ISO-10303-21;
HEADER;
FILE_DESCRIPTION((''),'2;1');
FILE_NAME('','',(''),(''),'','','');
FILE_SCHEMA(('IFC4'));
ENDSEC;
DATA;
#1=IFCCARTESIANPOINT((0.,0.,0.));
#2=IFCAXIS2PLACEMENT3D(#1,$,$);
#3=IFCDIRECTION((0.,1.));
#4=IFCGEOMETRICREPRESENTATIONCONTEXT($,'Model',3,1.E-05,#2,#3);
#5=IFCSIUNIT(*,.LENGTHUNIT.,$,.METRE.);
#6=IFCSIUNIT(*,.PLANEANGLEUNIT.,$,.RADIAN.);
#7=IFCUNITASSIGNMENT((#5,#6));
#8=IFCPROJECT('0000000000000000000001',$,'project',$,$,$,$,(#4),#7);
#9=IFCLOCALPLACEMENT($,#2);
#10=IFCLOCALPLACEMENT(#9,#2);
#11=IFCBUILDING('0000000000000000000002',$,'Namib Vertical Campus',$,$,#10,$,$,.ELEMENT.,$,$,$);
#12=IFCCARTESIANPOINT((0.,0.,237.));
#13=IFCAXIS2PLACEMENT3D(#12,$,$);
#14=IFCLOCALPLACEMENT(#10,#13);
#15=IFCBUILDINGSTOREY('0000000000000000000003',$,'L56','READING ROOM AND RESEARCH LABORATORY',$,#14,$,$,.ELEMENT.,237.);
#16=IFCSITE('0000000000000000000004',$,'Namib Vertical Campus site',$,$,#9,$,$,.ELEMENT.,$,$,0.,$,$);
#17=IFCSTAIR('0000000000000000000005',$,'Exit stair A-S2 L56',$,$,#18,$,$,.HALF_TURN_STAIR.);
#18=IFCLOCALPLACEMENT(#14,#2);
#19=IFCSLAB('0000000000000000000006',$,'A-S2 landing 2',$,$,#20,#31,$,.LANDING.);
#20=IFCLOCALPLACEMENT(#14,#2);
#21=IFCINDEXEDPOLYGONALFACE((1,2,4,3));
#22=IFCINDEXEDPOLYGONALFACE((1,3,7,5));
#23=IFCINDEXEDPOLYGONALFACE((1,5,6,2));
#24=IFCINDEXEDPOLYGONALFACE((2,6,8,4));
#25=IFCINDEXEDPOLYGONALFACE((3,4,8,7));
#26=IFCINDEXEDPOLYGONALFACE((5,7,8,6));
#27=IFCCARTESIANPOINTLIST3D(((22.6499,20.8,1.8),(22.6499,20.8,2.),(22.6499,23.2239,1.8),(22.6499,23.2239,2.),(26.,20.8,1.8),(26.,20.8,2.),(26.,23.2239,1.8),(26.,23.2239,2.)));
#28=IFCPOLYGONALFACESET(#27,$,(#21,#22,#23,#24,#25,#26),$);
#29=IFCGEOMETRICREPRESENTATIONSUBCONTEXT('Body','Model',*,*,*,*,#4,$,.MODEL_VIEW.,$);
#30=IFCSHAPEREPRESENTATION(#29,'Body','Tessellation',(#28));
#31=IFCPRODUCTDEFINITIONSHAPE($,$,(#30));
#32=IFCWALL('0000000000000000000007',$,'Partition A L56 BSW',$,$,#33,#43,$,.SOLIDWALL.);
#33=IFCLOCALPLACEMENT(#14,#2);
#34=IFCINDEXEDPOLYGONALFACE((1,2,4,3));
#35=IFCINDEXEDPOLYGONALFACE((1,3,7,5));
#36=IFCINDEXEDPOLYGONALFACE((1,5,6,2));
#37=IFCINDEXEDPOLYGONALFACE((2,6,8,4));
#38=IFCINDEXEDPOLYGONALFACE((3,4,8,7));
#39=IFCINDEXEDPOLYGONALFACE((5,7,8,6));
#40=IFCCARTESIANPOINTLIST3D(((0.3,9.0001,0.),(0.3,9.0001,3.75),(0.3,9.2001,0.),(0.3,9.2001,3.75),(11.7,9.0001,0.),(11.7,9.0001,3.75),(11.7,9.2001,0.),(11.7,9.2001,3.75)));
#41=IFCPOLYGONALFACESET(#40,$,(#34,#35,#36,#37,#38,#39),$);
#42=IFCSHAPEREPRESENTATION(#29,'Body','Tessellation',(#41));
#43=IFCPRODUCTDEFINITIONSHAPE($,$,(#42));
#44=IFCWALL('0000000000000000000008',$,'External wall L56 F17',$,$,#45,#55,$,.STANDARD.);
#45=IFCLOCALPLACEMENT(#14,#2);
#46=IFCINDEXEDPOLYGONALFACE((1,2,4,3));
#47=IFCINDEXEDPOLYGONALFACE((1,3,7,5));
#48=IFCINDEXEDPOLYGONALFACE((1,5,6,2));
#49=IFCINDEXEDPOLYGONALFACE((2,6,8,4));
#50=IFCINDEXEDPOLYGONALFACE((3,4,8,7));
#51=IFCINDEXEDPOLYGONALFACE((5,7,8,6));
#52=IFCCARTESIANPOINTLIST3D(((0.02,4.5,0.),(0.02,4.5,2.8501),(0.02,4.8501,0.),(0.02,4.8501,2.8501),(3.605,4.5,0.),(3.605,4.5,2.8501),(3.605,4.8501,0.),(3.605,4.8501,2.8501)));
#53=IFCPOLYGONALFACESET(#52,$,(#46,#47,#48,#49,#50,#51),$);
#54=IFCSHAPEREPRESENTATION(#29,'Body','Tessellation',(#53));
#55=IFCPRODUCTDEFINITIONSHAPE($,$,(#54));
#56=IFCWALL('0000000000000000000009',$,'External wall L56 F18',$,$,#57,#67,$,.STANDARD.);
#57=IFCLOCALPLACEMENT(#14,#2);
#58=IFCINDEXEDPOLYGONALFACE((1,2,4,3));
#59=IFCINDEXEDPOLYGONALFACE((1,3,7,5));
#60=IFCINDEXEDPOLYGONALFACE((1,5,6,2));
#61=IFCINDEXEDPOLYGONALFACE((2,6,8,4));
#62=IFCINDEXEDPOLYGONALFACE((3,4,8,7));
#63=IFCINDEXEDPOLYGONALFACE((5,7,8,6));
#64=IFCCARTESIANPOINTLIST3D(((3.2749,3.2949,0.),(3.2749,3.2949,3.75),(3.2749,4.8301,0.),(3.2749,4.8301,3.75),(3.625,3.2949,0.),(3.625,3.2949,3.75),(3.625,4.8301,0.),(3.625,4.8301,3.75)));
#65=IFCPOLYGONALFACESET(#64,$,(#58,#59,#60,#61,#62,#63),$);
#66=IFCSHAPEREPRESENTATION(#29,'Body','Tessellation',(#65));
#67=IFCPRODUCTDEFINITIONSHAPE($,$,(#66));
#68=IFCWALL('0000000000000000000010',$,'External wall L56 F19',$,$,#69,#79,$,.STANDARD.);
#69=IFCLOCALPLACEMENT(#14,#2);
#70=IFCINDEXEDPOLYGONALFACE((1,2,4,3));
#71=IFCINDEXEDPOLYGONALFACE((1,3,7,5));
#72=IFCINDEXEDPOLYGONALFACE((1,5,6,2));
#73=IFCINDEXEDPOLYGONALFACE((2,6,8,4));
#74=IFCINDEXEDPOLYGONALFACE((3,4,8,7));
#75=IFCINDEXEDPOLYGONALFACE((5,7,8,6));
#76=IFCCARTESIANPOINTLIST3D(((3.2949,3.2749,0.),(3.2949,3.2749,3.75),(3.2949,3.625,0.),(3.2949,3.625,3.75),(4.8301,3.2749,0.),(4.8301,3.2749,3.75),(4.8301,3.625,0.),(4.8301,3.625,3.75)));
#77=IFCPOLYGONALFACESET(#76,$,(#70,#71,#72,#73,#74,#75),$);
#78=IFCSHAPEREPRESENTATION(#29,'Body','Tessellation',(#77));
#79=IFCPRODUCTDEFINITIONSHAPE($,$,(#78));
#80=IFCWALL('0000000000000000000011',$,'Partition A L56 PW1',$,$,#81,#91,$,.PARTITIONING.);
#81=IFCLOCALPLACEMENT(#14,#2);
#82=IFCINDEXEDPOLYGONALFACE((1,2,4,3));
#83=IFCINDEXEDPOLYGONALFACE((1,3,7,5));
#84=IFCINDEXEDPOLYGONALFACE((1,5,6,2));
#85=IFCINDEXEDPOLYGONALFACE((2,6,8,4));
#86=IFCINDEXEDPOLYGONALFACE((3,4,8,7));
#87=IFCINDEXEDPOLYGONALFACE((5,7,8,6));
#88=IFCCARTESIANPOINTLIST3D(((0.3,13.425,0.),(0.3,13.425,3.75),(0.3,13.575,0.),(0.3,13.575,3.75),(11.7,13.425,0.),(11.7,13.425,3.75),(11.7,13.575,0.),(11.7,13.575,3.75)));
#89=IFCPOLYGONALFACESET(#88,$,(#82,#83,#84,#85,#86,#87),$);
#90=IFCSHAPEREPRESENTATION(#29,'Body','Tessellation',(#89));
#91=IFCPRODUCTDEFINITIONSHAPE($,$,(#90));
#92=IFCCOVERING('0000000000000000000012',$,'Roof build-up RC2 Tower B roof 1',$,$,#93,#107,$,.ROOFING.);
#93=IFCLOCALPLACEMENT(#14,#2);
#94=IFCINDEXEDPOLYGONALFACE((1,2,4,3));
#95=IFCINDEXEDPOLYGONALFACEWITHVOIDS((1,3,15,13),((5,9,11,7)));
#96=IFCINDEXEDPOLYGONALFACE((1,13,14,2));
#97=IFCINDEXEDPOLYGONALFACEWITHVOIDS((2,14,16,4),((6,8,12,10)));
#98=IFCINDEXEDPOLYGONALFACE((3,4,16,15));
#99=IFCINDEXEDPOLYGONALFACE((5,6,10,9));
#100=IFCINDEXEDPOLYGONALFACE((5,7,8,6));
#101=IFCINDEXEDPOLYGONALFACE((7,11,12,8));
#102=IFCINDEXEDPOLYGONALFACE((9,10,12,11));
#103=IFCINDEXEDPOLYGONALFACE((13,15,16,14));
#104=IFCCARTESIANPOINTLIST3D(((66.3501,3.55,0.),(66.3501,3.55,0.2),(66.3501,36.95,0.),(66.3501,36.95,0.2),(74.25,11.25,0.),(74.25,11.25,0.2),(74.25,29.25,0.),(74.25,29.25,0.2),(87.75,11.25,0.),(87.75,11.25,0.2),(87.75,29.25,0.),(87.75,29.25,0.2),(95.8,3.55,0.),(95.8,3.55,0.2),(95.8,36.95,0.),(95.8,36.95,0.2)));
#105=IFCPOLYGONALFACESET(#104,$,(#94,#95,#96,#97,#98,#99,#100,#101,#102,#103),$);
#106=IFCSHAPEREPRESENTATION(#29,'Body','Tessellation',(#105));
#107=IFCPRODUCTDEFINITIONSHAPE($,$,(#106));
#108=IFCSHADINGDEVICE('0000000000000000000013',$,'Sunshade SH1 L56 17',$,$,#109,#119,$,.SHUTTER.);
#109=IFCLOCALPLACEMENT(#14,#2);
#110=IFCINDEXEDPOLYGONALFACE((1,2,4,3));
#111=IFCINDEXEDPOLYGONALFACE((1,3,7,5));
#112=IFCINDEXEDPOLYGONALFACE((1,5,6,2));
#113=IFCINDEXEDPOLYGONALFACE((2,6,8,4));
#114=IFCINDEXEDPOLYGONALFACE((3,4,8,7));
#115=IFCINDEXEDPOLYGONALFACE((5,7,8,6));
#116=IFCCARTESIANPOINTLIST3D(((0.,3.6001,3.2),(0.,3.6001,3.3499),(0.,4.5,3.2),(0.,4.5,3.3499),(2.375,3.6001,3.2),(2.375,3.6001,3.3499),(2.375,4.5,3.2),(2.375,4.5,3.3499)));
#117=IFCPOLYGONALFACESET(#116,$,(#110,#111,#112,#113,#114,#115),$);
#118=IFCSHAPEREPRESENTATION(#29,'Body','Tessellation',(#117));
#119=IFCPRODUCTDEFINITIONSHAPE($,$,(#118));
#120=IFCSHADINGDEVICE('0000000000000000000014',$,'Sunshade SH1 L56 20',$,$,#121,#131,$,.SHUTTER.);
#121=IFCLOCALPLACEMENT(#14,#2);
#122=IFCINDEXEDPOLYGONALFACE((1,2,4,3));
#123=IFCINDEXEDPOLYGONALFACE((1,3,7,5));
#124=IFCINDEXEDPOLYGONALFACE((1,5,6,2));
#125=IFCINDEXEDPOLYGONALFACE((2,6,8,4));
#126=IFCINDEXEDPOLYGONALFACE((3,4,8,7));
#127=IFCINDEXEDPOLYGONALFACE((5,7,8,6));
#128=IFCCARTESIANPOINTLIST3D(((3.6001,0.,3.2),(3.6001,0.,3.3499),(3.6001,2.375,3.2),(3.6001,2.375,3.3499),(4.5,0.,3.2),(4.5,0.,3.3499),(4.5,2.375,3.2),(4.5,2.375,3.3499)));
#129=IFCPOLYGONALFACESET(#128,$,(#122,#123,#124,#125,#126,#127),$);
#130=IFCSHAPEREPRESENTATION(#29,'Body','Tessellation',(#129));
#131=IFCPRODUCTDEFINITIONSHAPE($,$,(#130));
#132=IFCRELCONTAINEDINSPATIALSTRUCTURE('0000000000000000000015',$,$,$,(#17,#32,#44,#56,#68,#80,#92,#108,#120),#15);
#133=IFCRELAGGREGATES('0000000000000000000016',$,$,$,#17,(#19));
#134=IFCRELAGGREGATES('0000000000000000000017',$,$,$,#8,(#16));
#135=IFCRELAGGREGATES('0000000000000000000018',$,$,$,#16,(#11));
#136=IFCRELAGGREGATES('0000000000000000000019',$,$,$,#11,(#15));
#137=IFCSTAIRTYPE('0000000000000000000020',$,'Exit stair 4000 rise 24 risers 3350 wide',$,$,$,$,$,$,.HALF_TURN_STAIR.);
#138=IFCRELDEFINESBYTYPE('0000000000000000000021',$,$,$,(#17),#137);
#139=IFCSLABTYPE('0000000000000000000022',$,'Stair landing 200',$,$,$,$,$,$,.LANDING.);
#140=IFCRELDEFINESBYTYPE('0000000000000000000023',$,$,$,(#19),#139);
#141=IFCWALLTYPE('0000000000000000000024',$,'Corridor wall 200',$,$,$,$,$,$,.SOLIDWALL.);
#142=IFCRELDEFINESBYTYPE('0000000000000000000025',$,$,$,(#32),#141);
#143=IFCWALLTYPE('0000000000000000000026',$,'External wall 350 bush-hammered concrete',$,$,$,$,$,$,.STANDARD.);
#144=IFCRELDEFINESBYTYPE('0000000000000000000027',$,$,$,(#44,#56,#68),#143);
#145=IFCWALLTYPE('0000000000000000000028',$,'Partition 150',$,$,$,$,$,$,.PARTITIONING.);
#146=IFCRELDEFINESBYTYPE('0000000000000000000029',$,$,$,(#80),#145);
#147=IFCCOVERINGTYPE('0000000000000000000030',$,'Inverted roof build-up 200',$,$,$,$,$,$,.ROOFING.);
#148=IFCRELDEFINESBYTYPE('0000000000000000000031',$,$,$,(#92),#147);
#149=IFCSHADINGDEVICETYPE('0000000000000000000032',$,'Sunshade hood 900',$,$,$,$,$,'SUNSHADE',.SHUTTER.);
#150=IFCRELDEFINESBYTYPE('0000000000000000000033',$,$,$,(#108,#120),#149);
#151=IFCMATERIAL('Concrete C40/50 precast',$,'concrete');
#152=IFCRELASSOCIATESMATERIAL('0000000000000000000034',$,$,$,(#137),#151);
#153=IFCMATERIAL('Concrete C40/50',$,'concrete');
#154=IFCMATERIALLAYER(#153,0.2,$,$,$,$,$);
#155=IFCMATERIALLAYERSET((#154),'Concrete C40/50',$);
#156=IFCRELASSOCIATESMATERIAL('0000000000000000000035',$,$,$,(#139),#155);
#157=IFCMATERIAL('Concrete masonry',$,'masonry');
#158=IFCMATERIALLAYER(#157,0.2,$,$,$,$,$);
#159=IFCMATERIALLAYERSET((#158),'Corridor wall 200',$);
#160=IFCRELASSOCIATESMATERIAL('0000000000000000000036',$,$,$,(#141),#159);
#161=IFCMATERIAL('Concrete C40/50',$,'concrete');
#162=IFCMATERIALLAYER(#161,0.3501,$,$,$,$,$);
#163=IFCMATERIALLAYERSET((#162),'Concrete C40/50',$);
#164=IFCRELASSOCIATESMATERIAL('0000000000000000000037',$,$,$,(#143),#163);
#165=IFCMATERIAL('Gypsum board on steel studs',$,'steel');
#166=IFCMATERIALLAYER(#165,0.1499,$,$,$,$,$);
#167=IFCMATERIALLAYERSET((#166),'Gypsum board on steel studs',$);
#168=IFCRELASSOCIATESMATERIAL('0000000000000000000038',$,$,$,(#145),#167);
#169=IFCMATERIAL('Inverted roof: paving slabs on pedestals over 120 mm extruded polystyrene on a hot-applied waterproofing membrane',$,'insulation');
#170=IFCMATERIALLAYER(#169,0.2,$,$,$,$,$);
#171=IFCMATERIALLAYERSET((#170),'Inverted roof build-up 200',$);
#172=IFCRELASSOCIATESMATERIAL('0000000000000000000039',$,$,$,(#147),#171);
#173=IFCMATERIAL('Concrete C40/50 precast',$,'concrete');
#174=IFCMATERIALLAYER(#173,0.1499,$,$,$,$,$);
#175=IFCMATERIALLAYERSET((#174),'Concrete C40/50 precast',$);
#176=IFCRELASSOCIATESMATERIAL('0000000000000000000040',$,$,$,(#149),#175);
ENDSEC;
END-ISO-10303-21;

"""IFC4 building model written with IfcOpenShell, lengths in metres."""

from ifc_helpers import new_model, si_unit, direction, frame, frame_2d, origin, origin_2d, place, context, subcontext, project, spatial, polyline, rectangle, outline, extrude, material, layer, layer_set, type_object, element, aggregate, save


model = new_model("IFC4")

# Units and contexts
model_context = context("Model", 3, precision=1e-05, world=origin(), true_north=direction((0.0, 1.0)))
body_context = subcontext(model_context, "Body", "Model", "MODEL_VIEW")
ifc_project = project(units=[si_unit("LENGTHUNIT", "METRE"), si_unit("PLANEANGLEUNIT", "RADIAN")], contexts=[model_context])

# Site, building, storey
site_placement = place(None, origin())
site = spatial("IfcSite", under=ifc_project, at=site_placement, Name="Namib Vertical Campus site", CompositionType="ELEMENT", RefElevation=0.0)
building_placement = place(site_placement, origin())
building = spatial("IfcBuilding", under=site, at=building_placement, Name="Namib Vertical Campus", CompositionType="ELEMENT")
storey_placement = place(building_placement, frame((0.0, 0.0, 237.0)))
storey = spatial("IfcBuildingStorey", under=building, at=storey_placement, Name="L56", Description="READING ROOM AND RESEARCH LABORATORY", CompositionType="ELEMENT", Elevation=237.0)

# Stair, slab
ifc_material_1 = material(Name="Concrete C40/50 precast", Category="concrete")
stair_type = type_object("IfcStairType", Name="Exit stair 4000 rise 24 risers 3350 wide", PredefinedType="HALF_TURN_STAIR", material=ifc_material_1)
ifc_material_2 = material(Name="Concrete C40/50", Category="concrete")
ifc_layer_1 = layer(ifc_material_2, 0.2)
ifc_layer_set_1 = layer_set([ifc_layer_1], Name="Concrete C40/50")
slab_type_1 = type_object("IfcSlabType", Name="Stair landing 200", PredefinedType="LANDING", material=ifc_layer_set_1)
stair_1_placement = place(storey_placement, origin())
stair_1 = element("IfcStair", 1, at=stair_1_placement, inside=storey, type_object=stair_type, Name="Exit stair A-S2 L56", PredefinedType="HALF_TURN_STAIR")
slab_1_placement = place(storey_placement, frame((0.0, 0.0, 1.8)))
slab_1 = element("IfcSlab", 2, at=slab_1_placement, type_object=slab_type_1, Name="A-S2 landing 2", PredefinedType="LANDING", context=body_context, shape_type="SweptSolid", body=[
    extrude(outline(polyline([(22.6499, 20.8), (26.0, 20.8), (26.0, 23.2239), (22.6499, 23.2239), (22.6499, 20.8)])), origin(), (0.0, 0.0, 1.0), 0.2),
])
aggregate(stair_1, [slab_1])

# Walls
ifc_material_3 = material(Name="Concrete masonry", Category="masonry")
ifc_layer_2 = layer(ifc_material_3, 0.2)
ifc_layer_set_2 = layer_set([ifc_layer_2], Name="Corridor wall 200")
wall_type_1 = type_object("IfcWallType", Name="Corridor wall 200", PredefinedType="SOLIDWALL", material=ifc_layer_set_2)
wall_1_placement = place(storey_placement, frame((0.3, 9.1001, 0.0), z_axis=(0.0, 0.0, 1.0), x_axis=(1.0, 0.0, 0.0)))
element("IfcWall", 3, at=wall_1_placement, inside=storey, type_object=wall_type_1, Name="Partition A L56 BSW", PredefinedType="SOLIDWALL", context=body_context, shape_type="SweptSolid", body=[
    extrude(rectangle(XDim=11.3999, YDim=0.2, at=frame_2d((5.7, 0.0))), origin(), (0.0, 0.0, 1.0), 3.75),
])
ifc_material_4 = material(Name="Concrete C40/50", Category="concrete")
ifc_layer_3 = layer(ifc_material_4, 0.3501)
ifc_layer_set_3 = layer_set([ifc_layer_3], Name="Concrete C40/50")
wall_type_2 = type_object("IfcWallType", Name="External wall 350 bush-hammered concrete", PredefinedType="STANDARD", material=ifc_layer_set_3)
wall_2_placement = place(storey_placement, frame((0.02, 4.675, 0.0), z_axis=(0.0, 0.0, 1.0), x_axis=(1.0, 0.0, 0.0)))
element("IfcWall", 4, at=wall_2_placement, inside=storey, type_object=wall_type_2, Name="External wall L56 F17", PredefinedType="STANDARD", context=body_context, shape_type="SweptSolid", body=[
    extrude(rectangle(XDim=3.585, YDim=0.3501, at=frame_2d((1.7925, 0.0))), origin(), (0.0, 0.0, 1.0), 2.8501),
])
for number, where, z_axis, x_axis, name in (
    (5, (3.45, 4.8301, 0.0), (0.0, 0.0, 1.0), (0.0, -1.0, 0.0), "External wall L56 F18"),
    (6, (3.2949, 3.45, 0.0), (0.0, 0.0, 1.0), (1.0, 0.0, 0.0), "External wall L56 F19"),
):
    element("IfcWall", number, at=place(storey_placement, frame(where, z_axis=z_axis, x_axis=x_axis)), inside=storey, type_object=wall_type_2, Name=name, PredefinedType="STANDARD", context=body_context, shape_type="SweptSolid", body=[
        extrude(rectangle(XDim=1.5352, YDim=0.3501, at=frame_2d((0.7676, 0.0))), origin(), (0.0, 0.0, 1.0), 3.75),
    ])
ifc_material_5 = material(Name="Gypsum board on steel studs", Category="steel")
ifc_layer_4 = layer(ifc_material_5, 0.1499)
ifc_layer_set_4 = layer_set([ifc_layer_4], Name="Gypsum board on steel studs")
wall_type_3 = type_object("IfcWallType", Name="Partition 150", PredefinedType="PARTITIONING", material=ifc_layer_set_4)
wall_3_placement = place(storey_placement, frame((0.3, 13.5, 0.0), z_axis=(0.0, 0.0, 1.0), x_axis=(1.0, 0.0, 0.0)))
element("IfcWall", 7, at=wall_3_placement, inside=storey, type_object=wall_type_3, Name="Partition A L56 PW1", PredefinedType="PARTITIONING", context=body_context, shape_type="SweptSolid", body=[
    extrude(rectangle(XDim=11.3999, YDim=0.1499, at=frame_2d((5.7, 0.0))), origin(), (0.0, 0.0, 1.0), 3.75),
])

# Covering
ifc_material_6 = material(Name="Inverted roof: paving slabs on pedestals over 120 mm extruded polystyrene on a hot-applied waterproofing membrane", Category="insulation")
ifc_layer_5 = layer(ifc_material_6, 0.2)
ifc_layer_set_5 = layer_set([ifc_layer_5], Name="Inverted roof build-up 200")
covering_type = type_object("IfcCoveringType", Name="Inverted roof build-up 200", PredefinedType="ROOFING", material=ifc_layer_set_5)
covering_placement = place(storey_placement, origin())
element("IfcCovering", 8, at=covering_placement, inside=storey, type_object=covering_type, Name="Roof build-up RC2 Tower B roof 1", PredefinedType="ROOFING", context=body_context, shape_type="SweptSolid", body=[
    extrude(outline(polyline([(95.8, 3.55), (95.8, 36.95), (66.3501, 36.95), (66.3501, 3.55), (95.8, 3.55)]), holes=[polyline([(74.25, 29.25), (87.75, 29.25), (87.75, 11.25), (74.25, 11.25), (74.25, 29.25)])]), origin(), (0.0, 0.0, 1.0), 0.2),
])

# Shading devices
ifc_material_7 = material(Name="Concrete C40/50 precast", Category="concrete")
ifc_layer_6 = layer(ifc_material_7, 0.1499)
ifc_layer_set_6 = layer_set([ifc_layer_6], Name="Concrete C40/50 precast")
shading_device_type = type_object("IfcShadingDeviceType", Name="Sunshade hood 900", ElementType="SUNSHADE", PredefinedType="SHUTTER", material=ifc_layer_set_6)
for number, where, z_axis, x_axis, name in (
    (9, (1.1875, 4.05, 3.2), (0.0, 0.0, 1.0), (1.0, 0.0, 0.0), "Sunshade SH1 L56 17"),
    (10, (4.05, 1.1875, 3.2), (0.0, 0.0, 1.0), (0.0, -1.0, 0.0), "Sunshade SH1 L56 20"),
):
    element("IfcShadingDevice", number, at=place(storey_placement, frame(where, z_axis=z_axis, x_axis=x_axis)), inside=storey, type_object=shading_device_type, Name=name, PredefinedType="SHUTTER", context=body_context, shape_type="SweptSolid", body=[
        extrude(rectangle(XDim=2.375, YDim=0.8999, at=origin_2d()), origin(), (0.0, 0.0, 1.0), 0.1499),
    ])

save(model, "model.ifc")
